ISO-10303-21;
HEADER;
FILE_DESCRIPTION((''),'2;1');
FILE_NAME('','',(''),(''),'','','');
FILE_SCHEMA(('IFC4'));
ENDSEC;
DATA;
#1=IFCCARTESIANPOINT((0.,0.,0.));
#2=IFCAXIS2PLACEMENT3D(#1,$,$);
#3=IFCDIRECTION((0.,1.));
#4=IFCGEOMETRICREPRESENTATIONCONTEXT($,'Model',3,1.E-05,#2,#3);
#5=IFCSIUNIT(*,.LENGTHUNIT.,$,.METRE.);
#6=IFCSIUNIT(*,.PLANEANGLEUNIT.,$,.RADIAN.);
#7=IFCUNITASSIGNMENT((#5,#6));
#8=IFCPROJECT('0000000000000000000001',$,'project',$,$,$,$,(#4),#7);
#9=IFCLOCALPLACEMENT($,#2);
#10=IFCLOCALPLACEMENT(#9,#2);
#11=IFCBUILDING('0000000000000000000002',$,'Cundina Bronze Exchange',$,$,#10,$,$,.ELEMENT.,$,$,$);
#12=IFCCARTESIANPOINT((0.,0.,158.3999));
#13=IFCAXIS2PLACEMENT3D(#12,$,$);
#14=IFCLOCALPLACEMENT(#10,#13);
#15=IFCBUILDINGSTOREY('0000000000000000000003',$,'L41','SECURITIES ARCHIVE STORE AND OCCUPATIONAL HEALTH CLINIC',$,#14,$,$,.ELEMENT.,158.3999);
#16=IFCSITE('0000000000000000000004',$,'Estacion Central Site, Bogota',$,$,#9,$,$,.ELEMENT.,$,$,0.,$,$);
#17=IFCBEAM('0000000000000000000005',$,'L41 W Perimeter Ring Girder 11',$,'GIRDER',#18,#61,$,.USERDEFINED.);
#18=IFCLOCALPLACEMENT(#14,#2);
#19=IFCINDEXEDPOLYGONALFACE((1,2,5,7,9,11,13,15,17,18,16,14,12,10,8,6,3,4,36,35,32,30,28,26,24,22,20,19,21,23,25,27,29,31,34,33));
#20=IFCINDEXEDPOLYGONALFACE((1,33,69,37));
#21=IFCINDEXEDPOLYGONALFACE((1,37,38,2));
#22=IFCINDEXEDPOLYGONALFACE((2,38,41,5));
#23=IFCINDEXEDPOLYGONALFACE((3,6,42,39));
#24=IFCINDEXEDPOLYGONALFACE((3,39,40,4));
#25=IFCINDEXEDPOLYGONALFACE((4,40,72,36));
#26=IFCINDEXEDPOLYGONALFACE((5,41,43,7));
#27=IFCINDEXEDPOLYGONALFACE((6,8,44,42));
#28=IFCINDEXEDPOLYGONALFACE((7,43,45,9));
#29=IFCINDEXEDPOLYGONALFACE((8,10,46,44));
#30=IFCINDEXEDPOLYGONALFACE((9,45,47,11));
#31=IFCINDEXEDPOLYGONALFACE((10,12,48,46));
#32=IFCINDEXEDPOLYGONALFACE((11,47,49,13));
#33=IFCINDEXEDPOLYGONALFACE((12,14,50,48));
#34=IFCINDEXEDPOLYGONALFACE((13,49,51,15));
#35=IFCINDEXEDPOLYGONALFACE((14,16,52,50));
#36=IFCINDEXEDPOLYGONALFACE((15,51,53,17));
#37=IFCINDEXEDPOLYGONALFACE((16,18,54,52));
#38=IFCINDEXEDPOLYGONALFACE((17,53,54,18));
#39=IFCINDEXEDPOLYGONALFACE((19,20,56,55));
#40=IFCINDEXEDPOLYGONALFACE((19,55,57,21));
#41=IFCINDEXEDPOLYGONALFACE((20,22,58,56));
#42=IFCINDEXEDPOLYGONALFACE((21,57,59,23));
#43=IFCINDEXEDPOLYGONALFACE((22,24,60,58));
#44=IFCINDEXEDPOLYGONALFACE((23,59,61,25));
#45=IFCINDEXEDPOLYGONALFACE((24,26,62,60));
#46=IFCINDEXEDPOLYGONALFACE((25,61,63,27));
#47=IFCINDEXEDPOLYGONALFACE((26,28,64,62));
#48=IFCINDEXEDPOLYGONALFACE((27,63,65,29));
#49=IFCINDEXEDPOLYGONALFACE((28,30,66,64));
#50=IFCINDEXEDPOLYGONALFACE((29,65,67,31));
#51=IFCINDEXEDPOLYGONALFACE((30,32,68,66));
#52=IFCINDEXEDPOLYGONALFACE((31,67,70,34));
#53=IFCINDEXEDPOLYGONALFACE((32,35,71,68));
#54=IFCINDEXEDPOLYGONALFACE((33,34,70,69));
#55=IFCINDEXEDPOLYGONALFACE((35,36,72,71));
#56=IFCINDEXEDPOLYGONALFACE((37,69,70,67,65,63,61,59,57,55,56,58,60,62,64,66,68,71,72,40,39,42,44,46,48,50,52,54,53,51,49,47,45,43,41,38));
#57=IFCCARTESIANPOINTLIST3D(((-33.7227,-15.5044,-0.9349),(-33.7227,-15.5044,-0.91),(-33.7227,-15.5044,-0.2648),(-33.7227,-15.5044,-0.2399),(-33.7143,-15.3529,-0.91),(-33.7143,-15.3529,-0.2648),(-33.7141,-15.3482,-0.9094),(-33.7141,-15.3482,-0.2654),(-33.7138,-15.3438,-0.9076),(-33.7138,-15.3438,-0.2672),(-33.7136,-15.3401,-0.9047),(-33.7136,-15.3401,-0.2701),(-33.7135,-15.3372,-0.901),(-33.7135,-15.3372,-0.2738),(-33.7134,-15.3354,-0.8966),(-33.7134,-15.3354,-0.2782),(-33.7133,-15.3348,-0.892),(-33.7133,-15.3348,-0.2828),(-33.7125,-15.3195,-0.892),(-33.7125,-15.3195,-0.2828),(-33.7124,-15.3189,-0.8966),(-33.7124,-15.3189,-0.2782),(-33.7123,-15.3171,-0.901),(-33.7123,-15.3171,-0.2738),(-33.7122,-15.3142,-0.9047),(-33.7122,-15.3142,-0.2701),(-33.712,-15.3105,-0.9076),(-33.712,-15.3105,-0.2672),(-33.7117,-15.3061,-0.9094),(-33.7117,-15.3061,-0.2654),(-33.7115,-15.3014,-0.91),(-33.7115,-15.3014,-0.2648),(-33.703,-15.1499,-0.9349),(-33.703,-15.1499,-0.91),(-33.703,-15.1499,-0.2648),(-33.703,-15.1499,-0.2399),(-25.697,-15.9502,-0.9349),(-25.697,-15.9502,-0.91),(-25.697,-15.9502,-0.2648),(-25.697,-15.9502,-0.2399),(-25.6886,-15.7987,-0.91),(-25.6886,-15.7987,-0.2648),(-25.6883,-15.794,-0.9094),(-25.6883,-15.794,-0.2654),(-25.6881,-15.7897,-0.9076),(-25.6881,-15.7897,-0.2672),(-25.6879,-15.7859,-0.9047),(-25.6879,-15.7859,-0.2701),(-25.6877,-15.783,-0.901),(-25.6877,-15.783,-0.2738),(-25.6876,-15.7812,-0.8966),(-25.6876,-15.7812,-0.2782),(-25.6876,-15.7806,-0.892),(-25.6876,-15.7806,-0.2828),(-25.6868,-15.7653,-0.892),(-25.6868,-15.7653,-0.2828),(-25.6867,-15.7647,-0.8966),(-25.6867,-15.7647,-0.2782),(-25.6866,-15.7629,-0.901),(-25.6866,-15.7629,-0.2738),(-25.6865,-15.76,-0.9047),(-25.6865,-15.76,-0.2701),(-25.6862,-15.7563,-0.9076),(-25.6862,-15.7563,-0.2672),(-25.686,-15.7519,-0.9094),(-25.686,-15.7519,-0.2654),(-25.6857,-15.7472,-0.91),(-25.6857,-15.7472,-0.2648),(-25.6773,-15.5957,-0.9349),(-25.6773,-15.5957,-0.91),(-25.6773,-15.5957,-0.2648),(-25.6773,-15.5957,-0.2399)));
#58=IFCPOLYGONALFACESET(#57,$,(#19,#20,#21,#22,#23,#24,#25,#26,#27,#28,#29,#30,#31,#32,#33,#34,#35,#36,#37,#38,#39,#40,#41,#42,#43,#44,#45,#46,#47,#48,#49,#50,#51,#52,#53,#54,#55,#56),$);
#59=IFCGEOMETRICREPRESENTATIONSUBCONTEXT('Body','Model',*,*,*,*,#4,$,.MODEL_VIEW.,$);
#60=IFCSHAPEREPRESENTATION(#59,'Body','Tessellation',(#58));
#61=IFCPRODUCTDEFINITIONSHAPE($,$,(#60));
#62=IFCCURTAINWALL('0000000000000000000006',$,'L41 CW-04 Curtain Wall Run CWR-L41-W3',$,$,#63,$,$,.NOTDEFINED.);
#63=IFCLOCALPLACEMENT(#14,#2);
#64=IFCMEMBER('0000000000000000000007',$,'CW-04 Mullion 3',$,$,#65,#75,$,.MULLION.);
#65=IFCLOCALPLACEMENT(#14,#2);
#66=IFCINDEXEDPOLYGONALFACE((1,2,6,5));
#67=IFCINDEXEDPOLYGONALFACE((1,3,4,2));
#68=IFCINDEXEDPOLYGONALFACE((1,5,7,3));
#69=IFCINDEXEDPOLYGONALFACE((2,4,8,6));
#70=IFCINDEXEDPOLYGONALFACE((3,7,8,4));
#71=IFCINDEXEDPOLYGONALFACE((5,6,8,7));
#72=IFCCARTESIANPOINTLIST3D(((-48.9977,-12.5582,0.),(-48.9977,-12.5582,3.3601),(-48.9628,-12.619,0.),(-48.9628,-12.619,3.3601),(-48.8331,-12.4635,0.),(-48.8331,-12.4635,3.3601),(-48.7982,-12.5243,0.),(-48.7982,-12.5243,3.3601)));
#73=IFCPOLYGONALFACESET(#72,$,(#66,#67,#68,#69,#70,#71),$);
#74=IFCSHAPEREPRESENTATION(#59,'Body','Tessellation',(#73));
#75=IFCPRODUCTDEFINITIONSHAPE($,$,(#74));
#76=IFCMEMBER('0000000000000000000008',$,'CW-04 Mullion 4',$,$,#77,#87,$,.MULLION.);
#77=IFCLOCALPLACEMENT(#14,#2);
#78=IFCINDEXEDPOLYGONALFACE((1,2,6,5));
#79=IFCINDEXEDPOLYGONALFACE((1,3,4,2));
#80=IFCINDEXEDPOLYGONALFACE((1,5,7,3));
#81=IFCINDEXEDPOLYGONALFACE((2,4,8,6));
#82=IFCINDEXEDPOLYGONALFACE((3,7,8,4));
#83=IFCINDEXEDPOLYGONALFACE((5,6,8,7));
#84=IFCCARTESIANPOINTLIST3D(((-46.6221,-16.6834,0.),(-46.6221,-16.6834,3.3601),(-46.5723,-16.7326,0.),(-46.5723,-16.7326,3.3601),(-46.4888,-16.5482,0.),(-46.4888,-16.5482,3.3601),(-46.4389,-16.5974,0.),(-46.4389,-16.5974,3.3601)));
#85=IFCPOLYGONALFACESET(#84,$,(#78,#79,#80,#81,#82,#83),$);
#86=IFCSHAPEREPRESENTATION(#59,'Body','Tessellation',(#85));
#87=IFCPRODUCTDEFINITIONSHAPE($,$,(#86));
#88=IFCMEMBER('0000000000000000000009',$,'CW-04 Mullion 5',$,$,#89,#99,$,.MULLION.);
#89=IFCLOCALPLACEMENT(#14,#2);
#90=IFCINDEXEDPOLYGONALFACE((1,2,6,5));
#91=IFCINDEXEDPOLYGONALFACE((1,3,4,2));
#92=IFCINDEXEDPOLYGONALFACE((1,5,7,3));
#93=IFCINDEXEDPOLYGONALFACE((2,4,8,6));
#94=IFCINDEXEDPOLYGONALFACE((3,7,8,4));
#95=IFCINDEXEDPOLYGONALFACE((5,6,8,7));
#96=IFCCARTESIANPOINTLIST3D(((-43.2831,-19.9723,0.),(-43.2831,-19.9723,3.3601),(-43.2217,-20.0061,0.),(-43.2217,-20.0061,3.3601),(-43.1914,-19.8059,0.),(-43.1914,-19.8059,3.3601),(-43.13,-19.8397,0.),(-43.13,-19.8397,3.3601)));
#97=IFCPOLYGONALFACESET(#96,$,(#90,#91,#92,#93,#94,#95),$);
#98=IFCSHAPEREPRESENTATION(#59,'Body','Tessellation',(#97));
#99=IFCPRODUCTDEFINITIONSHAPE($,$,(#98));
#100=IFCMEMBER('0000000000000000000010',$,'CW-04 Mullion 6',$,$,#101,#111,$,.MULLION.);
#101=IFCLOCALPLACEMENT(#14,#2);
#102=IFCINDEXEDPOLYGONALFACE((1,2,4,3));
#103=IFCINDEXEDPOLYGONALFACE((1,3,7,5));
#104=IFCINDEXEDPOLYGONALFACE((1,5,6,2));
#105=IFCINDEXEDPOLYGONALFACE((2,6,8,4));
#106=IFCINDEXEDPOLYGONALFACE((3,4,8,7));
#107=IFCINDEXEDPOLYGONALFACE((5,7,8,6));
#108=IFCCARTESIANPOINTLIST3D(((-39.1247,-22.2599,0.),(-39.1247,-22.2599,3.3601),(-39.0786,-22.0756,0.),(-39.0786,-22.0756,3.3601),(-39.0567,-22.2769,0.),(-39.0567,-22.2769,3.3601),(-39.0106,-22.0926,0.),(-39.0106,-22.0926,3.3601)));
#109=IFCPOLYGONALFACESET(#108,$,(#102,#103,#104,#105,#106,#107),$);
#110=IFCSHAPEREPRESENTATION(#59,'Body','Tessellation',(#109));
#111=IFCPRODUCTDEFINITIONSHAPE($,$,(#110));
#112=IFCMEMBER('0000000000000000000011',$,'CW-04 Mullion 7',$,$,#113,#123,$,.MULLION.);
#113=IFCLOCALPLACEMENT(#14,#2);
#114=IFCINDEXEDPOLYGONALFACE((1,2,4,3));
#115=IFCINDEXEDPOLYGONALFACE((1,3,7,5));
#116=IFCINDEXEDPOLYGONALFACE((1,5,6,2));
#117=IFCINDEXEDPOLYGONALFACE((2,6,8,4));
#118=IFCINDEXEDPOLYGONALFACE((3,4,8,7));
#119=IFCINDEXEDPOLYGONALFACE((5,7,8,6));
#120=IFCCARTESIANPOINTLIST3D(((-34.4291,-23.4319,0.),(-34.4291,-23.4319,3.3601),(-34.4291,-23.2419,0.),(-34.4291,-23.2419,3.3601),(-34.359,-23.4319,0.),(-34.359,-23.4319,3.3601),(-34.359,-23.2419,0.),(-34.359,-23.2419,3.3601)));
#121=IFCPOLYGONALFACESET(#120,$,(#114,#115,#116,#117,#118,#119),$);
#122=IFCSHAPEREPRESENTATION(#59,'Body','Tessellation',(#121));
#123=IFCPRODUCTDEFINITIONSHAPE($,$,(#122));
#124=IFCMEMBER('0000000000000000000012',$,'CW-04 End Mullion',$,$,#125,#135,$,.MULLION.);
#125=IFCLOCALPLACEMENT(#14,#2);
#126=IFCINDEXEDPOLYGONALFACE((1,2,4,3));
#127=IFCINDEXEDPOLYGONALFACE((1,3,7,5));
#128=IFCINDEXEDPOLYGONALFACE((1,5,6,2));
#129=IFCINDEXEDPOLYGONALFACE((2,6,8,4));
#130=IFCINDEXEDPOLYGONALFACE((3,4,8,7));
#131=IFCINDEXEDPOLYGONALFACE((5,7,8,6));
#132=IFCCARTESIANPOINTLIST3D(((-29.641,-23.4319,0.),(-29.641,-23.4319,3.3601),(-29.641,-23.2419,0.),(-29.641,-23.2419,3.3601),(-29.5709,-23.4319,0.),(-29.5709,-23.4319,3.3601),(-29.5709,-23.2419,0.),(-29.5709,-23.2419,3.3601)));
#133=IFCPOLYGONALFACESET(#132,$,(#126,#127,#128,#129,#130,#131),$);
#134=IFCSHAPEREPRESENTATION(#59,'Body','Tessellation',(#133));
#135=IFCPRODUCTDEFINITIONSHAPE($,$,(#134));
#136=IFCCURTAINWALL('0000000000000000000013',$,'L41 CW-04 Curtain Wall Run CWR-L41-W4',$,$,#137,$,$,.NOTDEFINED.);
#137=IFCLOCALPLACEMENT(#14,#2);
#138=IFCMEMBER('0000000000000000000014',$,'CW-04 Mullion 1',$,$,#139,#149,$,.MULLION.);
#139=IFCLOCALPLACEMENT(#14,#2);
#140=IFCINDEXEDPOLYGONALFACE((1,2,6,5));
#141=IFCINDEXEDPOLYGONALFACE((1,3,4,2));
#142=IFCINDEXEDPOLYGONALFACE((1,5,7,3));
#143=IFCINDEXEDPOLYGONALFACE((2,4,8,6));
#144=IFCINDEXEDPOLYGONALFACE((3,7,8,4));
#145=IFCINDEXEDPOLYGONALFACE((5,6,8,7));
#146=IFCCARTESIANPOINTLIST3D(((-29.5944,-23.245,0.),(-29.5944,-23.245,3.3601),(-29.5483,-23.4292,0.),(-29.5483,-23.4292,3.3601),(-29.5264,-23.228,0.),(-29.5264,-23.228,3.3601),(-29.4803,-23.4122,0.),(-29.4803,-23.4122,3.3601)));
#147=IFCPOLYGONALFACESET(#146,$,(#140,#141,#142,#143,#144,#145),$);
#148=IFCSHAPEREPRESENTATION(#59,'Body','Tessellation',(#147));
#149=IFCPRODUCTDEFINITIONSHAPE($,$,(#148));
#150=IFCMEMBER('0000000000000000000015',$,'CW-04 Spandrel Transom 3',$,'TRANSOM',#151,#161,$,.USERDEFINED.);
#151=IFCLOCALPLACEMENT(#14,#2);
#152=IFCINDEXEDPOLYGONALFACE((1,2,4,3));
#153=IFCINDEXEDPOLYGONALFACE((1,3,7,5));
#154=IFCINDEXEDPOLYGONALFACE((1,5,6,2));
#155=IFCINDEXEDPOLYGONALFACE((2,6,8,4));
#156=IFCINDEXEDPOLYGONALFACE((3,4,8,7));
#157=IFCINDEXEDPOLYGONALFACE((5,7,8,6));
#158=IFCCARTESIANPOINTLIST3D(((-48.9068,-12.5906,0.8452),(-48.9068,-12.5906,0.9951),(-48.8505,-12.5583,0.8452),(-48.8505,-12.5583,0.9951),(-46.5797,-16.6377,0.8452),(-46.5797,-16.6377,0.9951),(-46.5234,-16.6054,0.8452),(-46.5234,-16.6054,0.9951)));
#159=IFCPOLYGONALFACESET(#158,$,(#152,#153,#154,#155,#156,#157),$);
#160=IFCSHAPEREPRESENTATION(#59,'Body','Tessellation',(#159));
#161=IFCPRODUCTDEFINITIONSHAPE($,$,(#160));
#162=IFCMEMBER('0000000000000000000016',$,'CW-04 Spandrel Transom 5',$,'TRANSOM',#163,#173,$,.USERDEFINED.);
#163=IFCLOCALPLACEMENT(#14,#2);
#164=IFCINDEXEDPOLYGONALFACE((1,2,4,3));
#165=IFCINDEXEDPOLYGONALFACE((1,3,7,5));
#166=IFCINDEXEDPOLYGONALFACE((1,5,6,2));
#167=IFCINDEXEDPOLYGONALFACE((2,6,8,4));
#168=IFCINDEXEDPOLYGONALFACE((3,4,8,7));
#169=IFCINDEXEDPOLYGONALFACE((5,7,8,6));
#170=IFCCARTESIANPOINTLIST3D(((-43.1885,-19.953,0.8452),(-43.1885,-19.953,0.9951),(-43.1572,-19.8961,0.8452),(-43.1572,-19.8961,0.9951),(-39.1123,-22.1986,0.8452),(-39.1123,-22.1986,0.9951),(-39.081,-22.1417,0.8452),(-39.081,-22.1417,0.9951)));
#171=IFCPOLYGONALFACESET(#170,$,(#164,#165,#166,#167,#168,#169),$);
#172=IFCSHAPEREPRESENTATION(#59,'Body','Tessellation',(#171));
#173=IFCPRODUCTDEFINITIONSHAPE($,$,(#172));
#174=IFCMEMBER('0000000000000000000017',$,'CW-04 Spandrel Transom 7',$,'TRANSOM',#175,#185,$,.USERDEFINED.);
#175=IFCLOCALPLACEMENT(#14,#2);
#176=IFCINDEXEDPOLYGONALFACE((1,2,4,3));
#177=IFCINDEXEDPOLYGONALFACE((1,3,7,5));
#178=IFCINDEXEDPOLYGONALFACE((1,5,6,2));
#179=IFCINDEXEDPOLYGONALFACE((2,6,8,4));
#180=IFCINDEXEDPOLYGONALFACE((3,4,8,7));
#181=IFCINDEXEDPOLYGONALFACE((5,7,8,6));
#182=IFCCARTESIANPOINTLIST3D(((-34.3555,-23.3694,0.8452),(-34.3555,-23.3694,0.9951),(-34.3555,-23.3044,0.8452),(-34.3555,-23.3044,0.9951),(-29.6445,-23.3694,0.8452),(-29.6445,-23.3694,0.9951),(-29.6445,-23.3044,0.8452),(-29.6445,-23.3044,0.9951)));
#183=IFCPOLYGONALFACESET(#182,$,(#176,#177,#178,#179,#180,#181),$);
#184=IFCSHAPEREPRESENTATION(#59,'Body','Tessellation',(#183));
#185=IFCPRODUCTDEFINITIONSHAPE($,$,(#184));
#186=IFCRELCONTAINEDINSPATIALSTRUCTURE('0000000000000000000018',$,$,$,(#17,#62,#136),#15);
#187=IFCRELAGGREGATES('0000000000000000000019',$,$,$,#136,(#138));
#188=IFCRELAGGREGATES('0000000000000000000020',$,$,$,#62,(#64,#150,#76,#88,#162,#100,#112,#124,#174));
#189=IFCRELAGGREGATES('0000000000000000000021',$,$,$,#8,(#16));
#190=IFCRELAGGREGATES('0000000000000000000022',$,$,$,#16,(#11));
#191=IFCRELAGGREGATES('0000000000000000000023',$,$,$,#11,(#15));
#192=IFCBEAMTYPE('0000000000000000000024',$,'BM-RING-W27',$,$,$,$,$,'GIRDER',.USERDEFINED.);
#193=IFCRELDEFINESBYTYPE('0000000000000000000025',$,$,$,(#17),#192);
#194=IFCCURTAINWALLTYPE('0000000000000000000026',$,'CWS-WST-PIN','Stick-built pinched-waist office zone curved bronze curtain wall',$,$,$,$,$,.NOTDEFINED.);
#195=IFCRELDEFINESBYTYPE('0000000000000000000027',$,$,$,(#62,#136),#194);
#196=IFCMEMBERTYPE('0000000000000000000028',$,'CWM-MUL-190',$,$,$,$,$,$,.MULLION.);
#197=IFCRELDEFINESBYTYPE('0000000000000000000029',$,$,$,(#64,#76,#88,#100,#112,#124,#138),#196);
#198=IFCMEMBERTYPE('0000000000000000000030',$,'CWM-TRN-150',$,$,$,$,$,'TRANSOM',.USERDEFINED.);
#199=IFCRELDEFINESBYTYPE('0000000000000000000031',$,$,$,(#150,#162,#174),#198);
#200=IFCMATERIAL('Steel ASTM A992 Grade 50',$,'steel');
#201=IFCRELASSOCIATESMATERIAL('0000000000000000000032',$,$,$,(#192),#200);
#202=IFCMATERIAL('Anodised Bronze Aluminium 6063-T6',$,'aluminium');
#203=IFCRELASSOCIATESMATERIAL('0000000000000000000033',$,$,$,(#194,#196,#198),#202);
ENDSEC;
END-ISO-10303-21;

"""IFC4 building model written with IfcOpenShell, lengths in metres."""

from ifc_helpers import new_model, si_unit, direction, frame, origin, origin_2d, place, context, subcontext, project, spatial, rectangle, i_section, extrude, material, material_profile, profile_set, type_object, element, aggregate, save


model = new_model("IFC4")

# Units and contexts
model_context = context("Model", 3, precision=1e-05, world=origin(), true_north=direction((0.0, 1.0)))
body_context = subcontext(model_context, "Body", "Model", "MODEL_VIEW")
ifc_project = project(units=[si_unit("LENGTHUNIT", "METRE"), si_unit("PLANEANGLEUNIT", "RADIAN")], contexts=[model_context])

# Site, building, storey
site_placement = place(None, origin())
site = spatial("IfcSite", under=ifc_project, at=site_placement, Name="Estacion Central Site, Bogota", CompositionType="ELEMENT", RefElevation=0.0)
building_placement = place(site_placement, origin())
building = spatial("IfcBuilding", under=site, at=building_placement, Name="Cundina Bronze Exchange", CompositionType="ELEMENT")
storey_placement = place(building_placement, frame((0.0, 0.0, 158.3999)))
storey = spatial("IfcBuildingStorey", under=building, at=storey_placement, Name="L41", Description="SECURITIES ARCHIVE STORE AND OCCUPATIONAL HEALTH CLINIC", CompositionType="ELEMENT", Elevation=158.3999)

# Beam
ifc_material_1 = material(Name="Steel ASTM A992 Grade 50", Category="steel")
ifc_material_profile_1 = material_profile(ifc_material_1, i_section(OverallWidth=0.355, OverallDepth=0.6951, WebThickness=0.0154, FlangeThickness=0.0249, FilletRadius=0.0181, at=origin_2d()), Name="W27X146", Category="steel")
ifc_profile_set_1 = profile_set([ifc_material_profile_1], Name="Steel ASTM A992 Grade 50")
beam_type_1 = type_object("IfcBeamType", Name="BM-RING-W27", ElementType="GIRDER", PredefinedType="USERDEFINED", material=ifc_profile_set_1)
for number, where, z_axis, x_axis, name in (
    (1, (-33.7129, -15.3271, -0.5874), (0.998461, -0.055462, 0.0), (0.055462, 0.998461, 0.0), "L41 W Perimeter Ring Girder 11"),
):
    element("IfcBeam", number, at=place(storey_placement, frame(where, z_axis=z_axis, x_axis=x_axis)), inside=storey, type_object=beam_type_1, Name=name, ObjectType="GIRDER", PredefinedType="USERDEFINED", context=body_context, shape_type="SweptSolid", body=[
        extrude(i_section(OverallWidth=0.355, OverallDepth=0.6951, WebThickness=0.0154, FlangeThickness=0.0249, FilletRadius=0.0181, at=origin_2d()), origin(), (0.0, 0.0, 1.0), 8.0381),
    ])

# Curtain wall, members
ifc_material_2 = material(Name="Anodised Bronze Aluminium 6063-T6", Category="aluminium")
curtain_wall_type = type_object("IfcCurtainWallType", Name="CWS-WST-PIN", Description="Stick-built pinched-waist office zone curved bronze curtain wall", PredefinedType="NOTDEFINED", material=ifc_material_2)
curtain_wall_1_placement = place(storey_placement, origin())
curtain_wall_1 = element("IfcCurtainWall", 2, at=curtain_wall_1_placement, inside=storey, type_object=curtain_wall_type, Name="L41 CW-04 Curtain Wall Run CWR-L41-W3", PredefinedType="NOTDEFINED")
ifc_material_profile_2 = material_profile(ifc_material_2, rectangle(XDim=0.0701, YDim=0.1899, at=origin_2d()), Name="AL70X190", Category="aluminium")
ifc_profile_set_2 = profile_set([ifc_material_profile_2], Name="Anodised Bronze Aluminium 6063-T6")
member_type_1 = type_object("IfcMemberType", Name="CWM-MUL-190", PredefinedType="MULLION", material=ifc_profile_set_2)
member_1_placement = place(storey_placement, frame((-48.8979, -12.5413, 0.0), z_axis=(0.0, 0.0, 1.0), x_axis=(0.498488, -0.866897, 0.0)))
member_1 = element("IfcMember", 3, at=member_1_placement, type_object=member_type_1, Name="CW-04 Mullion 3", PredefinedType="MULLION", context=body_context, shape_type="SweptSolid", body=[
    extrude(rectangle(XDim=0.0701, YDim=0.1899, at=origin_2d()), origin(), (0.0, 0.0, 1.0), 3.3601),
])
member_2_placement = place(storey_placement, frame((-46.5305, -16.6404, 0.0), z_axis=(0.0, 0.0, 1.0), x_axis=(0.712026, -0.702153, 0.0)))
member_2 = element("IfcMember", 4, at=member_2_placement, type_object=member_type_1, Name="CW-04 Mullion 4", PredefinedType="MULLION", context=body_context, shape_type="SweptSolid", body=[
    extrude(rectangle(XDim=0.0701, YDim=0.1899, at=origin_2d()), origin(), (0.0, 0.0, 1.0), 3.3601),
])
member_3_placement = place(storey_placement, frame((-43.2065, -19.906, 0.0), z_axis=(0.0, 0.0, 1.0), x_axis=(0.875886, -0.482518, 0.0)))
member_3 = element("IfcMember", 5, at=member_3_placement, type_object=member_type_1, Name="CW-04 Mullion 5", PredefinedType="MULLION", context=body_context, shape_type="SweptSolid", body=[
    extrude(rectangle(XDim=0.0701, YDim=0.1899, at=origin_2d()), origin(), (0.0, 0.0, 1.0), 3.3601),
])
member_4_placement = place(storey_placement, frame((-39.0676, -22.1763, 0.0), z_axis=(0.0, 0.0, 1.0), x_axis=(0.970084, -0.242769, 0.0)))
member_4 = element("IfcMember", 6, at=member_4_placement, type_object=member_type_1, Name="CW-04 Mullion 6", PredefinedType="MULLION", context=body_context, shape_type="SweptSolid", body=[
    extrude(rectangle(XDim=0.0701, YDim=0.1899, at=origin_2d()), origin(), (0.0, 0.0, 1.0), 3.3601),
])
member_5_placement = place(storey_placement, frame((-34.394, -23.3369, 0.0), z_axis=(0.0, 0.0, 1.0), x_axis=(1.0, 0.0, 0.0)))
member_5 = element("IfcMember", 7, at=member_5_placement, type_object=member_type_1, Name="CW-04 Mullion 7", PredefinedType="MULLION", context=body_context, shape_type="SweptSolid", body=[
    extrude(rectangle(XDim=0.0701, YDim=0.1899, at=origin_2d()), origin(), (0.0, 0.0, 1.0), 3.3601),
])
member_6_placement = place(storey_placement, frame((-29.606, -23.3369, 0.0), z_axis=(0.0, 0.0, 1.0), x_axis=(1.0, 0.0, 0.0)))
member_6 = element("IfcMember", 8, at=member_6_placement, type_object=member_type_1, Name="CW-04 End Mullion", PredefinedType="MULLION", context=body_context, shape_type="SweptSolid", body=[
    extrude(rectangle(XDim=0.0701, YDim=0.1899, at=origin_2d()), origin(), (0.0, 0.0, 1.0), 3.3601),
])

# Curtain wall, member
curtain_wall_2_placement = place(storey_placement, origin())
curtain_wall_2 = element("IfcCurtainWall", 9, at=curtain_wall_2_placement, inside=storey, type_object=curtain_wall_type, Name="L41 CW-04 Curtain Wall Run CWR-L41-W4", PredefinedType="NOTDEFINED")
member_7_placement = place(storey_placement, frame((-29.5374, -23.3286, 0.0), z_axis=(0.0, 0.0, 1.0), x_axis=(0.970084, 0.242769, 0.0)))
member_7 = element("IfcMember", 10, at=member_7_placement, type_object=member_type_1, Name="CW-04 Mullion 1", PredefinedType="MULLION", context=body_context, shape_type="SweptSolid", body=[
    extrude(rectangle(XDim=0.0701, YDim=0.1899, at=origin_2d()), origin(), (0.0, 0.0, 1.0), 3.3601),
])
aggregate(curtain_wall_2, [member_7])

# Members
ifc_material_profile_3 = material_profile(ifc_material_2, rectangle(XDim=0.0649, YDim=0.1499, at=origin_2d()), Name="AL65X150", Category="aluminium")
ifc_profile_set_3 = profile_set([ifc_material_profile_3], Name="Anodised Bronze Aluminium 6063-T6")
member_type_2 = type_object("IfcMemberType", Name="CWM-TRN-150", ElementType="TRANSOM", PredefinedType="USERDEFINED", material=ifc_profile_set_3)
member_8_placement = place(storey_placement, frame((-48.8787, -12.5745, 0.9202), z_axis=(0.49848, -0.866901, 0.0), x_axis=(0.866901, 0.49848, 0.0)))
member_8 = element("IfcMember", 11, at=member_8_placement, type_object=member_type_2, Name="CW-04 Spandrel Transom 3", ObjectType="TRANSOM", PredefinedType="USERDEFINED", context=body_context, shape_type="SweptSolid", body=[
    extrude(rectangle(XDim=0.0649, YDim=0.1499, at=origin_2d()), origin(), (0.0, 0.0, 1.0), 4.6685),
])
member_9_placement = place(storey_placement, frame((-43.1729, -19.9246, 0.9202), z_axis=(0.875879, -0.482531, 0.0), x_axis=(0.482531, 0.875879, 0.0)))
member_9 = element("IfcMember", 12, at=member_9_placement, type_object=member_type_2, Name="CW-04 Spandrel Transom 5", ObjectType="TRANSOM", PredefinedType="USERDEFINED", context=body_context, shape_type="SweptSolid", body=[
    extrude(rectangle(XDim=0.0649, YDim=0.1499, at=origin_2d()), origin(), (0.0, 0.0, 1.0), 4.6538),
])
member_10_placement = place(storey_placement, frame((-34.3555, -23.3369, 0.9202), z_axis=(1.0, 0.0, 0.0), x_axis=(0.0, 1.0, 0.0)))
member_10 = element("IfcMember", 13, at=member_10_placement, type_object=member_type_2, Name="CW-04 Spandrel Transom 7", ObjectType="TRANSOM", PredefinedType="USERDEFINED", context=body_context, shape_type="SweptSolid", body=[
    extrude(rectangle(XDim=0.0649, YDim=0.1499, at=origin_2d()), origin(), (0.0, 0.0, 1.0), 4.7109),
])

aggregate(curtain_wall_1, [member_1, member_8, member_2, member_3, member_9, member_4, member_5, member_6, member_10])

save(model, "model.ifc")
